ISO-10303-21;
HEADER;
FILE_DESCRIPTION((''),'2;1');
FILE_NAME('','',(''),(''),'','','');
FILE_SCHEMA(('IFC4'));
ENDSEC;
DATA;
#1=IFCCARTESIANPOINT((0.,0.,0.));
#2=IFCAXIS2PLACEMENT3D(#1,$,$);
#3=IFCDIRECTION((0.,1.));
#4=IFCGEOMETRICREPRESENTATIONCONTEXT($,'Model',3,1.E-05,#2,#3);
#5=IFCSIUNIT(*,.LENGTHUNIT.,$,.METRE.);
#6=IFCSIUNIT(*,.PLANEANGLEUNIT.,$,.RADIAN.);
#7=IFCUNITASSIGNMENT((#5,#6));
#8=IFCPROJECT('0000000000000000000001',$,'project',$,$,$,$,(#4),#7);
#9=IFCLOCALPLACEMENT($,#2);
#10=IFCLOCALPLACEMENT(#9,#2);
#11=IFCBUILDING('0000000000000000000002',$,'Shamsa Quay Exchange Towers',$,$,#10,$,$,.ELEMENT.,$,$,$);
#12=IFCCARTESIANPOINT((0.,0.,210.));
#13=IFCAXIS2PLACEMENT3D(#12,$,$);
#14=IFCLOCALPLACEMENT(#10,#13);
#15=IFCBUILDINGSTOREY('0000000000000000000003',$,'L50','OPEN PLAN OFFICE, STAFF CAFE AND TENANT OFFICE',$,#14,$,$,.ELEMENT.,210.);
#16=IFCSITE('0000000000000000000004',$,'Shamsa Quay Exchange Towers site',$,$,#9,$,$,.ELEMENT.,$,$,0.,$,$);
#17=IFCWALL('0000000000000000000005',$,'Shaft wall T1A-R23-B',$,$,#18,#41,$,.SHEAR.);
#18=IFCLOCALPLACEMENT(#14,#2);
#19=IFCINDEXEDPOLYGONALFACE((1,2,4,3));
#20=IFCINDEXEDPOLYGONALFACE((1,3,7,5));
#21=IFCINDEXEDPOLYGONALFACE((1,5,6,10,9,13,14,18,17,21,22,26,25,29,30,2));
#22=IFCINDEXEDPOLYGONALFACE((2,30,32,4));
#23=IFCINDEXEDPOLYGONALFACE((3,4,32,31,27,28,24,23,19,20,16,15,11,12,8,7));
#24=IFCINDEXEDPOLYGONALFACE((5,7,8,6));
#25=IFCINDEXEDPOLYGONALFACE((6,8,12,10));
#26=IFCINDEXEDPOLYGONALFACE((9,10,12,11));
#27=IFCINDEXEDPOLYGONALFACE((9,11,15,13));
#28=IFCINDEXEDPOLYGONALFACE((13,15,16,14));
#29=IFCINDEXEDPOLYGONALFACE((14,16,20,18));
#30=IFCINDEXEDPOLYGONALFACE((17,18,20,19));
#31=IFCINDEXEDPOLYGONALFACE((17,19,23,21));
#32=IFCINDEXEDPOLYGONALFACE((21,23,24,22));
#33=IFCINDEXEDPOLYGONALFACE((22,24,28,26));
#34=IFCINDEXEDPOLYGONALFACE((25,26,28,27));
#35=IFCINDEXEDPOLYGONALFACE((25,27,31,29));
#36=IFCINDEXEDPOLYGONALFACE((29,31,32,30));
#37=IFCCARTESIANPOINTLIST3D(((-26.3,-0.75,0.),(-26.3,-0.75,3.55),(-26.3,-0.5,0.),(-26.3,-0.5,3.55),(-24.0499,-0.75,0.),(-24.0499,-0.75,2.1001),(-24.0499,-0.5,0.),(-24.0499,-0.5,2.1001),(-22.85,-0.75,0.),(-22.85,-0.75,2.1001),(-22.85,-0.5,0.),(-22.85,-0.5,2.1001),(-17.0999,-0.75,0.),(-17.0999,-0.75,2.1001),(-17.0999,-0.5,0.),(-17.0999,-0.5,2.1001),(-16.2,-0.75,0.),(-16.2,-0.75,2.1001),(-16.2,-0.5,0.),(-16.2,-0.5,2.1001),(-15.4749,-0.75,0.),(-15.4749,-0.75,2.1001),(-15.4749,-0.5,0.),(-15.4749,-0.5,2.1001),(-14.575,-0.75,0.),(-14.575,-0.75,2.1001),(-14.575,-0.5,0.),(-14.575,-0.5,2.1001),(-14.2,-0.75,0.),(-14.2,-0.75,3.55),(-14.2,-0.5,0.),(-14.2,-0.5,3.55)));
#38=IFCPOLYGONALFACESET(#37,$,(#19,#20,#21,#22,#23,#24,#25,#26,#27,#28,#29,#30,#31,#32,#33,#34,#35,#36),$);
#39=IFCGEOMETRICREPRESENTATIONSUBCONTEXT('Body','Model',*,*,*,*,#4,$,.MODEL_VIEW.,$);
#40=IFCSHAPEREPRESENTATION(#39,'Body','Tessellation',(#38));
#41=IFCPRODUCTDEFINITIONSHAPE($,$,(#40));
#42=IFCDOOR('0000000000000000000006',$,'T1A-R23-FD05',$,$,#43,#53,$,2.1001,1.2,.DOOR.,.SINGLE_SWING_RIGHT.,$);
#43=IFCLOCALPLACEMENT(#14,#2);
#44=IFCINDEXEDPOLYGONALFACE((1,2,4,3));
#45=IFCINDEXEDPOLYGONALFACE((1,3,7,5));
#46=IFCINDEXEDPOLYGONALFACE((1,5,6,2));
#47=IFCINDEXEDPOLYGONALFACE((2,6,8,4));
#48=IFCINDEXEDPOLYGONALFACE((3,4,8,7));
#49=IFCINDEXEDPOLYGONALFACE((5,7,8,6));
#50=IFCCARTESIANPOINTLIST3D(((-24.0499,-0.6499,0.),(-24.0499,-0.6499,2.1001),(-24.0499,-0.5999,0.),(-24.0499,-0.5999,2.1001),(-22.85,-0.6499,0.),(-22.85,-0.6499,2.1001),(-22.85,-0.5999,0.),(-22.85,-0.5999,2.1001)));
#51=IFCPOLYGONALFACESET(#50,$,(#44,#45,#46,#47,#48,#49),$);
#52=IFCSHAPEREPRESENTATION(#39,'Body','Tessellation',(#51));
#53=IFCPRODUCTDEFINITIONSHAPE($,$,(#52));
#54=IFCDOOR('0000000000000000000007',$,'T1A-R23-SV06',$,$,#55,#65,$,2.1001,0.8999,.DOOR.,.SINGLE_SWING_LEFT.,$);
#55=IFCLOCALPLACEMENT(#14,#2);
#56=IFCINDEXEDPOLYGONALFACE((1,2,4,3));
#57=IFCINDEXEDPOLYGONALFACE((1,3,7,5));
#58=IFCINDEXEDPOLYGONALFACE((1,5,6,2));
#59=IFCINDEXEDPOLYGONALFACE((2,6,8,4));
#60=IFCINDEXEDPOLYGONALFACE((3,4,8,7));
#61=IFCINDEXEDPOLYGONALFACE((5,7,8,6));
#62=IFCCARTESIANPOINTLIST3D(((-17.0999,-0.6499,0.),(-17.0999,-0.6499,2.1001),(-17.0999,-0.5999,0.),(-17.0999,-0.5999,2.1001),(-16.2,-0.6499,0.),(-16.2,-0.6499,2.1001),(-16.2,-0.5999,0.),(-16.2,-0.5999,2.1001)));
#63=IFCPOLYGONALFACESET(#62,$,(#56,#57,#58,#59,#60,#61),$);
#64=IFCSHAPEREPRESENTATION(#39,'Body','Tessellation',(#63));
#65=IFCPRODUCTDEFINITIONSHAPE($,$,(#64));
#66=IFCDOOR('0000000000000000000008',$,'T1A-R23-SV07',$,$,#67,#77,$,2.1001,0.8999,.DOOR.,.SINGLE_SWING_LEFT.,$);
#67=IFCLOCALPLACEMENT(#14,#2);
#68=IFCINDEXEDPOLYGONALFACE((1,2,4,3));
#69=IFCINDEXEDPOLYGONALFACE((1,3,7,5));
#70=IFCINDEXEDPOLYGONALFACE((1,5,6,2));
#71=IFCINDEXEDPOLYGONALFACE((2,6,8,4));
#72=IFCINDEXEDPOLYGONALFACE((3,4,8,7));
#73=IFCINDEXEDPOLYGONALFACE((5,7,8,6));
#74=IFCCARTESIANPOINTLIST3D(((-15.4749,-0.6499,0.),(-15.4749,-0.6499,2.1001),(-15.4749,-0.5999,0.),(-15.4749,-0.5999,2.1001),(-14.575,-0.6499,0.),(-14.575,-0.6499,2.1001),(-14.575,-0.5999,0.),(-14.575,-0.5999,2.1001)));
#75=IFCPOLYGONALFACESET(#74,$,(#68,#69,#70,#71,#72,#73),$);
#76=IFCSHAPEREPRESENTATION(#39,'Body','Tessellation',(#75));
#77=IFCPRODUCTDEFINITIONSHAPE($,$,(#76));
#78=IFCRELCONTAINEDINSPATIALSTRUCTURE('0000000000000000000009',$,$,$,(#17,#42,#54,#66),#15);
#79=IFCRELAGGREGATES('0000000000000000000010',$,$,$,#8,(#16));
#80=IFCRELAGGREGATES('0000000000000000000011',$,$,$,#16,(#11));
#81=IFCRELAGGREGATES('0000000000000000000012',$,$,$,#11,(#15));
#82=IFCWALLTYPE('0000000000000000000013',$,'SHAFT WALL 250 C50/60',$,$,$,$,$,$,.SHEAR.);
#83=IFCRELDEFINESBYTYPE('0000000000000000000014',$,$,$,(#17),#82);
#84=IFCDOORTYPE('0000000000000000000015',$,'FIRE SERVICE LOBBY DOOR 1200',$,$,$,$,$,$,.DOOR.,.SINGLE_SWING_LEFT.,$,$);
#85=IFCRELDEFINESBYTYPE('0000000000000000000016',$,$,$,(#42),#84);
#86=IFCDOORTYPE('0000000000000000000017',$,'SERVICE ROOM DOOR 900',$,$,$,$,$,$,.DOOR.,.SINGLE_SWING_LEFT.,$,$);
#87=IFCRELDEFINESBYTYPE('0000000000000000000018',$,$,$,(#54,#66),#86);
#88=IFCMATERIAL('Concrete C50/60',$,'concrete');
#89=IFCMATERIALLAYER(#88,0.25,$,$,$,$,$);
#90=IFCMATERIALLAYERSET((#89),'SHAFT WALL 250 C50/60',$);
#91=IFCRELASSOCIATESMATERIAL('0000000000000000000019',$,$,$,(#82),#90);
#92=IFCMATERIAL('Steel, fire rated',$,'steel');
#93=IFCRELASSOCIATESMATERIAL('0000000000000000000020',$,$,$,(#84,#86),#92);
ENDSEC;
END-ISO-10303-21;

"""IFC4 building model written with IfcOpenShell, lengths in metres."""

from ifc_helpers import new_model, si_unit, direction, frame, frame_2d, origin, place, context, subcontext, project, spatial, rectangle, extrude, material, layer, layer_set, type_object, element, fill, save


model = new_model("IFC4")

# Units and contexts
model_context = context("Model", 3, precision=1e-05, world=origin(), true_north=direction((0.0, 1.0)))
body_context = subcontext(model_context, "Body", "Model", "MODEL_VIEW")
ifc_project = project(units=[si_unit("LENGTHUNIT", "METRE"), si_unit("PLANEANGLEUNIT", "RADIAN")], contexts=[model_context])

# Site, building, storey
site_placement = place(None, origin())
site = spatial("IfcSite", under=ifc_project, at=site_placement, Name="Shamsa Quay Exchange Towers site", CompositionType="ELEMENT", RefElevation=0.0)
building_placement = place(site_placement, origin())
building = spatial("IfcBuilding", under=site, at=building_placement, Name="Shamsa Quay Exchange Towers", CompositionType="ELEMENT")
storey_placement = place(building_placement, frame((0.0, 0.0, 210.0)))
storey = spatial("IfcBuildingStorey", under=building, at=storey_placement, Name="L50", Description="OPEN PLAN OFFICE, STAFF CAFE AND TENANT OFFICE", CompositionType="ELEMENT", Elevation=210.0)

# Shared definitions
ifc_material_1 = material(Name="Concrete C50/60", Category="concrete")
ifc_layer_1 = layer(ifc_material_1, 0.25)
ifc_layer_set_1 = layer_set([ifc_layer_1], Name="SHAFT WALL 250 C50/60")
wall_type_1 = type_object("IfcWallType", Name="SHAFT WALL 250 C50/60", PredefinedType="SHEAR", material=ifc_layer_set_1)
ifc_material_2 = material(Name="Steel, fire rated", Category="steel")

# Wall, openings, doors
wall_1_placement = place(storey_placement, frame((-14.2, -0.625, 0.0), z_axis=(0.0, 0.0, 1.0), x_axis=(-1.0, 0.0, 0.0)))
wall_1 = element("IfcWall", 1, at=wall_1_placement, inside=storey, type_object=wall_type_1, Name="Shaft wall T1A-R23-B", PredefinedType="SHEAR", context=body_context, shape_type="SweptSolid", body=[
    extrude(rectangle(XDim=12.1001, YDim=0.25, at=frame_2d((6.05, 0.0))), origin(), (0.0, 0.0, 1.0), 3.55),
])
opening_1_placement = place(wall_1_placement, frame((8.6499, 0.0, 0.0)))
opening_1 = element("IfcOpeningElement", 2, at=opening_1_placement, cuts=wall_1, PredefinedType="OPENING", context=body_context, shape_type="SweptSolid", body=[
    extrude(rectangle(XDim=1.2, YDim=2.1001, at=frame_2d((0.6001, 1.05))), frame((0.0, 0.135, 0.0), z_axis=(0.0, -1.0, 0.0), x_axis=(1.0, 0.0, 0.0)), (0.0, 0.0, 1.0), 0.27),
])
opening_2_placement = place(wall_1_placement, frame((2.0, 0.0, 0.0)))
opening_2 = element("IfcOpeningElement", 3, at=opening_2_placement, cuts=wall_1, PredefinedType="OPENING", context=body_context, shape_type="SweptSolid", body=[
    extrude(rectangle(XDim=0.8999, YDim=2.1001, at=frame_2d((0.45, 1.05))), frame((0.0, 0.135, 0.0), z_axis=(0.0, -1.0, 0.0), x_axis=(1.0, 0.0, 0.0)), (0.0, 0.0, 1.0), 0.27),
])
opening_3_placement = place(wall_1_placement, frame((0.375, 0.0, 0.0)))
opening_3 = element("IfcOpeningElement", 4, at=opening_3_placement, cuts=wall_1, PredefinedType="OPENING", context=body_context, shape_type="SweptSolid", body=[
    extrude(rectangle(XDim=0.8999, YDim=2.1001, at=frame_2d((0.45, 1.05))), frame((0.0, 0.135, 0.0), z_axis=(0.0, -1.0, 0.0), x_axis=(1.0, 0.0, 0.0)), (0.0, 0.0, 1.0), 0.27),
])
door_type_1 = type_object("IfcDoorType", Name="FIRE SERVICE LOBBY DOOR 1200", OperationType="SINGLE_SWING_LEFT", PredefinedType="DOOR", material=ifc_material_2)
door_1_placement = place(opening_1_placement, origin())
door_1 = element("IfcDoor", 5, at=door_1_placement, inside=storey, type_object=door_type_1, Name="T1A-R23-FD05", OperationType="SINGLE_SWING_RIGHT", OverallHeight=2.1001, OverallWidth=1.2, PredefinedType="DOOR", context=body_context, shape_type="SweptSolid", body=[
    extrude(rectangle(XDim=1.2, YDim=2.1001, at=frame_2d((0.6001, 1.05))), frame((0.0, 0.0249, 0.0), z_axis=(0.0, -1.0, 0.0), x_axis=(1.0, 0.0, 0.0)), (0.0, 0.0, 1.0), 0.05),
])
fill(opening_1, door_1)
door_type_2 = type_object("IfcDoorType", Name="SERVICE ROOM DOOR 900", OperationType="SINGLE_SWING_LEFT", PredefinedType="DOOR", material=ifc_material_2)
door_2_placement = place(opening_2_placement, origin())
door_2 = element("IfcDoor", 6, at=door_2_placement, inside=storey, type_object=door_type_2, Name="T1A-R23-SV06", OperationType="SINGLE_SWING_LEFT", OverallHeight=2.1001, OverallWidth=0.8999, PredefinedType="DOOR", context=body_context, shape_type="SweptSolid", body=[
    extrude(rectangle(XDim=0.8999, YDim=2.1001, at=frame_2d((0.45, 1.05))), frame((0.0, 0.0249, 0.0), z_axis=(0.0, -1.0, 0.0), x_axis=(1.0, 0.0, 0.0)), (0.0, 0.0, 1.0), 0.05),
])
fill(opening_2, door_2)
door_3_placement = place(opening_3_placement, origin())
door_3 = element("IfcDoor", 7, at=door_3_placement, inside=storey, type_object=door_type_2, Name="T1A-R23-SV07", OperationType="SINGLE_SWING_LEFT", OverallHeight=2.1001, OverallWidth=0.8999, PredefinedType="DOOR", context=body_context, shape_type="SweptSolid", body=[
    extrude(rectangle(XDim=0.8999, YDim=2.1001, at=frame_2d((0.45, 1.05))), frame((0.0, 0.0249, 0.0), z_axis=(0.0, -1.0, 0.0), x_axis=(1.0, 0.0, 0.0)), (0.0, 0.0, 1.0), 0.05),
])
fill(opening_3, door_3)

save(model, "model.ifc")
